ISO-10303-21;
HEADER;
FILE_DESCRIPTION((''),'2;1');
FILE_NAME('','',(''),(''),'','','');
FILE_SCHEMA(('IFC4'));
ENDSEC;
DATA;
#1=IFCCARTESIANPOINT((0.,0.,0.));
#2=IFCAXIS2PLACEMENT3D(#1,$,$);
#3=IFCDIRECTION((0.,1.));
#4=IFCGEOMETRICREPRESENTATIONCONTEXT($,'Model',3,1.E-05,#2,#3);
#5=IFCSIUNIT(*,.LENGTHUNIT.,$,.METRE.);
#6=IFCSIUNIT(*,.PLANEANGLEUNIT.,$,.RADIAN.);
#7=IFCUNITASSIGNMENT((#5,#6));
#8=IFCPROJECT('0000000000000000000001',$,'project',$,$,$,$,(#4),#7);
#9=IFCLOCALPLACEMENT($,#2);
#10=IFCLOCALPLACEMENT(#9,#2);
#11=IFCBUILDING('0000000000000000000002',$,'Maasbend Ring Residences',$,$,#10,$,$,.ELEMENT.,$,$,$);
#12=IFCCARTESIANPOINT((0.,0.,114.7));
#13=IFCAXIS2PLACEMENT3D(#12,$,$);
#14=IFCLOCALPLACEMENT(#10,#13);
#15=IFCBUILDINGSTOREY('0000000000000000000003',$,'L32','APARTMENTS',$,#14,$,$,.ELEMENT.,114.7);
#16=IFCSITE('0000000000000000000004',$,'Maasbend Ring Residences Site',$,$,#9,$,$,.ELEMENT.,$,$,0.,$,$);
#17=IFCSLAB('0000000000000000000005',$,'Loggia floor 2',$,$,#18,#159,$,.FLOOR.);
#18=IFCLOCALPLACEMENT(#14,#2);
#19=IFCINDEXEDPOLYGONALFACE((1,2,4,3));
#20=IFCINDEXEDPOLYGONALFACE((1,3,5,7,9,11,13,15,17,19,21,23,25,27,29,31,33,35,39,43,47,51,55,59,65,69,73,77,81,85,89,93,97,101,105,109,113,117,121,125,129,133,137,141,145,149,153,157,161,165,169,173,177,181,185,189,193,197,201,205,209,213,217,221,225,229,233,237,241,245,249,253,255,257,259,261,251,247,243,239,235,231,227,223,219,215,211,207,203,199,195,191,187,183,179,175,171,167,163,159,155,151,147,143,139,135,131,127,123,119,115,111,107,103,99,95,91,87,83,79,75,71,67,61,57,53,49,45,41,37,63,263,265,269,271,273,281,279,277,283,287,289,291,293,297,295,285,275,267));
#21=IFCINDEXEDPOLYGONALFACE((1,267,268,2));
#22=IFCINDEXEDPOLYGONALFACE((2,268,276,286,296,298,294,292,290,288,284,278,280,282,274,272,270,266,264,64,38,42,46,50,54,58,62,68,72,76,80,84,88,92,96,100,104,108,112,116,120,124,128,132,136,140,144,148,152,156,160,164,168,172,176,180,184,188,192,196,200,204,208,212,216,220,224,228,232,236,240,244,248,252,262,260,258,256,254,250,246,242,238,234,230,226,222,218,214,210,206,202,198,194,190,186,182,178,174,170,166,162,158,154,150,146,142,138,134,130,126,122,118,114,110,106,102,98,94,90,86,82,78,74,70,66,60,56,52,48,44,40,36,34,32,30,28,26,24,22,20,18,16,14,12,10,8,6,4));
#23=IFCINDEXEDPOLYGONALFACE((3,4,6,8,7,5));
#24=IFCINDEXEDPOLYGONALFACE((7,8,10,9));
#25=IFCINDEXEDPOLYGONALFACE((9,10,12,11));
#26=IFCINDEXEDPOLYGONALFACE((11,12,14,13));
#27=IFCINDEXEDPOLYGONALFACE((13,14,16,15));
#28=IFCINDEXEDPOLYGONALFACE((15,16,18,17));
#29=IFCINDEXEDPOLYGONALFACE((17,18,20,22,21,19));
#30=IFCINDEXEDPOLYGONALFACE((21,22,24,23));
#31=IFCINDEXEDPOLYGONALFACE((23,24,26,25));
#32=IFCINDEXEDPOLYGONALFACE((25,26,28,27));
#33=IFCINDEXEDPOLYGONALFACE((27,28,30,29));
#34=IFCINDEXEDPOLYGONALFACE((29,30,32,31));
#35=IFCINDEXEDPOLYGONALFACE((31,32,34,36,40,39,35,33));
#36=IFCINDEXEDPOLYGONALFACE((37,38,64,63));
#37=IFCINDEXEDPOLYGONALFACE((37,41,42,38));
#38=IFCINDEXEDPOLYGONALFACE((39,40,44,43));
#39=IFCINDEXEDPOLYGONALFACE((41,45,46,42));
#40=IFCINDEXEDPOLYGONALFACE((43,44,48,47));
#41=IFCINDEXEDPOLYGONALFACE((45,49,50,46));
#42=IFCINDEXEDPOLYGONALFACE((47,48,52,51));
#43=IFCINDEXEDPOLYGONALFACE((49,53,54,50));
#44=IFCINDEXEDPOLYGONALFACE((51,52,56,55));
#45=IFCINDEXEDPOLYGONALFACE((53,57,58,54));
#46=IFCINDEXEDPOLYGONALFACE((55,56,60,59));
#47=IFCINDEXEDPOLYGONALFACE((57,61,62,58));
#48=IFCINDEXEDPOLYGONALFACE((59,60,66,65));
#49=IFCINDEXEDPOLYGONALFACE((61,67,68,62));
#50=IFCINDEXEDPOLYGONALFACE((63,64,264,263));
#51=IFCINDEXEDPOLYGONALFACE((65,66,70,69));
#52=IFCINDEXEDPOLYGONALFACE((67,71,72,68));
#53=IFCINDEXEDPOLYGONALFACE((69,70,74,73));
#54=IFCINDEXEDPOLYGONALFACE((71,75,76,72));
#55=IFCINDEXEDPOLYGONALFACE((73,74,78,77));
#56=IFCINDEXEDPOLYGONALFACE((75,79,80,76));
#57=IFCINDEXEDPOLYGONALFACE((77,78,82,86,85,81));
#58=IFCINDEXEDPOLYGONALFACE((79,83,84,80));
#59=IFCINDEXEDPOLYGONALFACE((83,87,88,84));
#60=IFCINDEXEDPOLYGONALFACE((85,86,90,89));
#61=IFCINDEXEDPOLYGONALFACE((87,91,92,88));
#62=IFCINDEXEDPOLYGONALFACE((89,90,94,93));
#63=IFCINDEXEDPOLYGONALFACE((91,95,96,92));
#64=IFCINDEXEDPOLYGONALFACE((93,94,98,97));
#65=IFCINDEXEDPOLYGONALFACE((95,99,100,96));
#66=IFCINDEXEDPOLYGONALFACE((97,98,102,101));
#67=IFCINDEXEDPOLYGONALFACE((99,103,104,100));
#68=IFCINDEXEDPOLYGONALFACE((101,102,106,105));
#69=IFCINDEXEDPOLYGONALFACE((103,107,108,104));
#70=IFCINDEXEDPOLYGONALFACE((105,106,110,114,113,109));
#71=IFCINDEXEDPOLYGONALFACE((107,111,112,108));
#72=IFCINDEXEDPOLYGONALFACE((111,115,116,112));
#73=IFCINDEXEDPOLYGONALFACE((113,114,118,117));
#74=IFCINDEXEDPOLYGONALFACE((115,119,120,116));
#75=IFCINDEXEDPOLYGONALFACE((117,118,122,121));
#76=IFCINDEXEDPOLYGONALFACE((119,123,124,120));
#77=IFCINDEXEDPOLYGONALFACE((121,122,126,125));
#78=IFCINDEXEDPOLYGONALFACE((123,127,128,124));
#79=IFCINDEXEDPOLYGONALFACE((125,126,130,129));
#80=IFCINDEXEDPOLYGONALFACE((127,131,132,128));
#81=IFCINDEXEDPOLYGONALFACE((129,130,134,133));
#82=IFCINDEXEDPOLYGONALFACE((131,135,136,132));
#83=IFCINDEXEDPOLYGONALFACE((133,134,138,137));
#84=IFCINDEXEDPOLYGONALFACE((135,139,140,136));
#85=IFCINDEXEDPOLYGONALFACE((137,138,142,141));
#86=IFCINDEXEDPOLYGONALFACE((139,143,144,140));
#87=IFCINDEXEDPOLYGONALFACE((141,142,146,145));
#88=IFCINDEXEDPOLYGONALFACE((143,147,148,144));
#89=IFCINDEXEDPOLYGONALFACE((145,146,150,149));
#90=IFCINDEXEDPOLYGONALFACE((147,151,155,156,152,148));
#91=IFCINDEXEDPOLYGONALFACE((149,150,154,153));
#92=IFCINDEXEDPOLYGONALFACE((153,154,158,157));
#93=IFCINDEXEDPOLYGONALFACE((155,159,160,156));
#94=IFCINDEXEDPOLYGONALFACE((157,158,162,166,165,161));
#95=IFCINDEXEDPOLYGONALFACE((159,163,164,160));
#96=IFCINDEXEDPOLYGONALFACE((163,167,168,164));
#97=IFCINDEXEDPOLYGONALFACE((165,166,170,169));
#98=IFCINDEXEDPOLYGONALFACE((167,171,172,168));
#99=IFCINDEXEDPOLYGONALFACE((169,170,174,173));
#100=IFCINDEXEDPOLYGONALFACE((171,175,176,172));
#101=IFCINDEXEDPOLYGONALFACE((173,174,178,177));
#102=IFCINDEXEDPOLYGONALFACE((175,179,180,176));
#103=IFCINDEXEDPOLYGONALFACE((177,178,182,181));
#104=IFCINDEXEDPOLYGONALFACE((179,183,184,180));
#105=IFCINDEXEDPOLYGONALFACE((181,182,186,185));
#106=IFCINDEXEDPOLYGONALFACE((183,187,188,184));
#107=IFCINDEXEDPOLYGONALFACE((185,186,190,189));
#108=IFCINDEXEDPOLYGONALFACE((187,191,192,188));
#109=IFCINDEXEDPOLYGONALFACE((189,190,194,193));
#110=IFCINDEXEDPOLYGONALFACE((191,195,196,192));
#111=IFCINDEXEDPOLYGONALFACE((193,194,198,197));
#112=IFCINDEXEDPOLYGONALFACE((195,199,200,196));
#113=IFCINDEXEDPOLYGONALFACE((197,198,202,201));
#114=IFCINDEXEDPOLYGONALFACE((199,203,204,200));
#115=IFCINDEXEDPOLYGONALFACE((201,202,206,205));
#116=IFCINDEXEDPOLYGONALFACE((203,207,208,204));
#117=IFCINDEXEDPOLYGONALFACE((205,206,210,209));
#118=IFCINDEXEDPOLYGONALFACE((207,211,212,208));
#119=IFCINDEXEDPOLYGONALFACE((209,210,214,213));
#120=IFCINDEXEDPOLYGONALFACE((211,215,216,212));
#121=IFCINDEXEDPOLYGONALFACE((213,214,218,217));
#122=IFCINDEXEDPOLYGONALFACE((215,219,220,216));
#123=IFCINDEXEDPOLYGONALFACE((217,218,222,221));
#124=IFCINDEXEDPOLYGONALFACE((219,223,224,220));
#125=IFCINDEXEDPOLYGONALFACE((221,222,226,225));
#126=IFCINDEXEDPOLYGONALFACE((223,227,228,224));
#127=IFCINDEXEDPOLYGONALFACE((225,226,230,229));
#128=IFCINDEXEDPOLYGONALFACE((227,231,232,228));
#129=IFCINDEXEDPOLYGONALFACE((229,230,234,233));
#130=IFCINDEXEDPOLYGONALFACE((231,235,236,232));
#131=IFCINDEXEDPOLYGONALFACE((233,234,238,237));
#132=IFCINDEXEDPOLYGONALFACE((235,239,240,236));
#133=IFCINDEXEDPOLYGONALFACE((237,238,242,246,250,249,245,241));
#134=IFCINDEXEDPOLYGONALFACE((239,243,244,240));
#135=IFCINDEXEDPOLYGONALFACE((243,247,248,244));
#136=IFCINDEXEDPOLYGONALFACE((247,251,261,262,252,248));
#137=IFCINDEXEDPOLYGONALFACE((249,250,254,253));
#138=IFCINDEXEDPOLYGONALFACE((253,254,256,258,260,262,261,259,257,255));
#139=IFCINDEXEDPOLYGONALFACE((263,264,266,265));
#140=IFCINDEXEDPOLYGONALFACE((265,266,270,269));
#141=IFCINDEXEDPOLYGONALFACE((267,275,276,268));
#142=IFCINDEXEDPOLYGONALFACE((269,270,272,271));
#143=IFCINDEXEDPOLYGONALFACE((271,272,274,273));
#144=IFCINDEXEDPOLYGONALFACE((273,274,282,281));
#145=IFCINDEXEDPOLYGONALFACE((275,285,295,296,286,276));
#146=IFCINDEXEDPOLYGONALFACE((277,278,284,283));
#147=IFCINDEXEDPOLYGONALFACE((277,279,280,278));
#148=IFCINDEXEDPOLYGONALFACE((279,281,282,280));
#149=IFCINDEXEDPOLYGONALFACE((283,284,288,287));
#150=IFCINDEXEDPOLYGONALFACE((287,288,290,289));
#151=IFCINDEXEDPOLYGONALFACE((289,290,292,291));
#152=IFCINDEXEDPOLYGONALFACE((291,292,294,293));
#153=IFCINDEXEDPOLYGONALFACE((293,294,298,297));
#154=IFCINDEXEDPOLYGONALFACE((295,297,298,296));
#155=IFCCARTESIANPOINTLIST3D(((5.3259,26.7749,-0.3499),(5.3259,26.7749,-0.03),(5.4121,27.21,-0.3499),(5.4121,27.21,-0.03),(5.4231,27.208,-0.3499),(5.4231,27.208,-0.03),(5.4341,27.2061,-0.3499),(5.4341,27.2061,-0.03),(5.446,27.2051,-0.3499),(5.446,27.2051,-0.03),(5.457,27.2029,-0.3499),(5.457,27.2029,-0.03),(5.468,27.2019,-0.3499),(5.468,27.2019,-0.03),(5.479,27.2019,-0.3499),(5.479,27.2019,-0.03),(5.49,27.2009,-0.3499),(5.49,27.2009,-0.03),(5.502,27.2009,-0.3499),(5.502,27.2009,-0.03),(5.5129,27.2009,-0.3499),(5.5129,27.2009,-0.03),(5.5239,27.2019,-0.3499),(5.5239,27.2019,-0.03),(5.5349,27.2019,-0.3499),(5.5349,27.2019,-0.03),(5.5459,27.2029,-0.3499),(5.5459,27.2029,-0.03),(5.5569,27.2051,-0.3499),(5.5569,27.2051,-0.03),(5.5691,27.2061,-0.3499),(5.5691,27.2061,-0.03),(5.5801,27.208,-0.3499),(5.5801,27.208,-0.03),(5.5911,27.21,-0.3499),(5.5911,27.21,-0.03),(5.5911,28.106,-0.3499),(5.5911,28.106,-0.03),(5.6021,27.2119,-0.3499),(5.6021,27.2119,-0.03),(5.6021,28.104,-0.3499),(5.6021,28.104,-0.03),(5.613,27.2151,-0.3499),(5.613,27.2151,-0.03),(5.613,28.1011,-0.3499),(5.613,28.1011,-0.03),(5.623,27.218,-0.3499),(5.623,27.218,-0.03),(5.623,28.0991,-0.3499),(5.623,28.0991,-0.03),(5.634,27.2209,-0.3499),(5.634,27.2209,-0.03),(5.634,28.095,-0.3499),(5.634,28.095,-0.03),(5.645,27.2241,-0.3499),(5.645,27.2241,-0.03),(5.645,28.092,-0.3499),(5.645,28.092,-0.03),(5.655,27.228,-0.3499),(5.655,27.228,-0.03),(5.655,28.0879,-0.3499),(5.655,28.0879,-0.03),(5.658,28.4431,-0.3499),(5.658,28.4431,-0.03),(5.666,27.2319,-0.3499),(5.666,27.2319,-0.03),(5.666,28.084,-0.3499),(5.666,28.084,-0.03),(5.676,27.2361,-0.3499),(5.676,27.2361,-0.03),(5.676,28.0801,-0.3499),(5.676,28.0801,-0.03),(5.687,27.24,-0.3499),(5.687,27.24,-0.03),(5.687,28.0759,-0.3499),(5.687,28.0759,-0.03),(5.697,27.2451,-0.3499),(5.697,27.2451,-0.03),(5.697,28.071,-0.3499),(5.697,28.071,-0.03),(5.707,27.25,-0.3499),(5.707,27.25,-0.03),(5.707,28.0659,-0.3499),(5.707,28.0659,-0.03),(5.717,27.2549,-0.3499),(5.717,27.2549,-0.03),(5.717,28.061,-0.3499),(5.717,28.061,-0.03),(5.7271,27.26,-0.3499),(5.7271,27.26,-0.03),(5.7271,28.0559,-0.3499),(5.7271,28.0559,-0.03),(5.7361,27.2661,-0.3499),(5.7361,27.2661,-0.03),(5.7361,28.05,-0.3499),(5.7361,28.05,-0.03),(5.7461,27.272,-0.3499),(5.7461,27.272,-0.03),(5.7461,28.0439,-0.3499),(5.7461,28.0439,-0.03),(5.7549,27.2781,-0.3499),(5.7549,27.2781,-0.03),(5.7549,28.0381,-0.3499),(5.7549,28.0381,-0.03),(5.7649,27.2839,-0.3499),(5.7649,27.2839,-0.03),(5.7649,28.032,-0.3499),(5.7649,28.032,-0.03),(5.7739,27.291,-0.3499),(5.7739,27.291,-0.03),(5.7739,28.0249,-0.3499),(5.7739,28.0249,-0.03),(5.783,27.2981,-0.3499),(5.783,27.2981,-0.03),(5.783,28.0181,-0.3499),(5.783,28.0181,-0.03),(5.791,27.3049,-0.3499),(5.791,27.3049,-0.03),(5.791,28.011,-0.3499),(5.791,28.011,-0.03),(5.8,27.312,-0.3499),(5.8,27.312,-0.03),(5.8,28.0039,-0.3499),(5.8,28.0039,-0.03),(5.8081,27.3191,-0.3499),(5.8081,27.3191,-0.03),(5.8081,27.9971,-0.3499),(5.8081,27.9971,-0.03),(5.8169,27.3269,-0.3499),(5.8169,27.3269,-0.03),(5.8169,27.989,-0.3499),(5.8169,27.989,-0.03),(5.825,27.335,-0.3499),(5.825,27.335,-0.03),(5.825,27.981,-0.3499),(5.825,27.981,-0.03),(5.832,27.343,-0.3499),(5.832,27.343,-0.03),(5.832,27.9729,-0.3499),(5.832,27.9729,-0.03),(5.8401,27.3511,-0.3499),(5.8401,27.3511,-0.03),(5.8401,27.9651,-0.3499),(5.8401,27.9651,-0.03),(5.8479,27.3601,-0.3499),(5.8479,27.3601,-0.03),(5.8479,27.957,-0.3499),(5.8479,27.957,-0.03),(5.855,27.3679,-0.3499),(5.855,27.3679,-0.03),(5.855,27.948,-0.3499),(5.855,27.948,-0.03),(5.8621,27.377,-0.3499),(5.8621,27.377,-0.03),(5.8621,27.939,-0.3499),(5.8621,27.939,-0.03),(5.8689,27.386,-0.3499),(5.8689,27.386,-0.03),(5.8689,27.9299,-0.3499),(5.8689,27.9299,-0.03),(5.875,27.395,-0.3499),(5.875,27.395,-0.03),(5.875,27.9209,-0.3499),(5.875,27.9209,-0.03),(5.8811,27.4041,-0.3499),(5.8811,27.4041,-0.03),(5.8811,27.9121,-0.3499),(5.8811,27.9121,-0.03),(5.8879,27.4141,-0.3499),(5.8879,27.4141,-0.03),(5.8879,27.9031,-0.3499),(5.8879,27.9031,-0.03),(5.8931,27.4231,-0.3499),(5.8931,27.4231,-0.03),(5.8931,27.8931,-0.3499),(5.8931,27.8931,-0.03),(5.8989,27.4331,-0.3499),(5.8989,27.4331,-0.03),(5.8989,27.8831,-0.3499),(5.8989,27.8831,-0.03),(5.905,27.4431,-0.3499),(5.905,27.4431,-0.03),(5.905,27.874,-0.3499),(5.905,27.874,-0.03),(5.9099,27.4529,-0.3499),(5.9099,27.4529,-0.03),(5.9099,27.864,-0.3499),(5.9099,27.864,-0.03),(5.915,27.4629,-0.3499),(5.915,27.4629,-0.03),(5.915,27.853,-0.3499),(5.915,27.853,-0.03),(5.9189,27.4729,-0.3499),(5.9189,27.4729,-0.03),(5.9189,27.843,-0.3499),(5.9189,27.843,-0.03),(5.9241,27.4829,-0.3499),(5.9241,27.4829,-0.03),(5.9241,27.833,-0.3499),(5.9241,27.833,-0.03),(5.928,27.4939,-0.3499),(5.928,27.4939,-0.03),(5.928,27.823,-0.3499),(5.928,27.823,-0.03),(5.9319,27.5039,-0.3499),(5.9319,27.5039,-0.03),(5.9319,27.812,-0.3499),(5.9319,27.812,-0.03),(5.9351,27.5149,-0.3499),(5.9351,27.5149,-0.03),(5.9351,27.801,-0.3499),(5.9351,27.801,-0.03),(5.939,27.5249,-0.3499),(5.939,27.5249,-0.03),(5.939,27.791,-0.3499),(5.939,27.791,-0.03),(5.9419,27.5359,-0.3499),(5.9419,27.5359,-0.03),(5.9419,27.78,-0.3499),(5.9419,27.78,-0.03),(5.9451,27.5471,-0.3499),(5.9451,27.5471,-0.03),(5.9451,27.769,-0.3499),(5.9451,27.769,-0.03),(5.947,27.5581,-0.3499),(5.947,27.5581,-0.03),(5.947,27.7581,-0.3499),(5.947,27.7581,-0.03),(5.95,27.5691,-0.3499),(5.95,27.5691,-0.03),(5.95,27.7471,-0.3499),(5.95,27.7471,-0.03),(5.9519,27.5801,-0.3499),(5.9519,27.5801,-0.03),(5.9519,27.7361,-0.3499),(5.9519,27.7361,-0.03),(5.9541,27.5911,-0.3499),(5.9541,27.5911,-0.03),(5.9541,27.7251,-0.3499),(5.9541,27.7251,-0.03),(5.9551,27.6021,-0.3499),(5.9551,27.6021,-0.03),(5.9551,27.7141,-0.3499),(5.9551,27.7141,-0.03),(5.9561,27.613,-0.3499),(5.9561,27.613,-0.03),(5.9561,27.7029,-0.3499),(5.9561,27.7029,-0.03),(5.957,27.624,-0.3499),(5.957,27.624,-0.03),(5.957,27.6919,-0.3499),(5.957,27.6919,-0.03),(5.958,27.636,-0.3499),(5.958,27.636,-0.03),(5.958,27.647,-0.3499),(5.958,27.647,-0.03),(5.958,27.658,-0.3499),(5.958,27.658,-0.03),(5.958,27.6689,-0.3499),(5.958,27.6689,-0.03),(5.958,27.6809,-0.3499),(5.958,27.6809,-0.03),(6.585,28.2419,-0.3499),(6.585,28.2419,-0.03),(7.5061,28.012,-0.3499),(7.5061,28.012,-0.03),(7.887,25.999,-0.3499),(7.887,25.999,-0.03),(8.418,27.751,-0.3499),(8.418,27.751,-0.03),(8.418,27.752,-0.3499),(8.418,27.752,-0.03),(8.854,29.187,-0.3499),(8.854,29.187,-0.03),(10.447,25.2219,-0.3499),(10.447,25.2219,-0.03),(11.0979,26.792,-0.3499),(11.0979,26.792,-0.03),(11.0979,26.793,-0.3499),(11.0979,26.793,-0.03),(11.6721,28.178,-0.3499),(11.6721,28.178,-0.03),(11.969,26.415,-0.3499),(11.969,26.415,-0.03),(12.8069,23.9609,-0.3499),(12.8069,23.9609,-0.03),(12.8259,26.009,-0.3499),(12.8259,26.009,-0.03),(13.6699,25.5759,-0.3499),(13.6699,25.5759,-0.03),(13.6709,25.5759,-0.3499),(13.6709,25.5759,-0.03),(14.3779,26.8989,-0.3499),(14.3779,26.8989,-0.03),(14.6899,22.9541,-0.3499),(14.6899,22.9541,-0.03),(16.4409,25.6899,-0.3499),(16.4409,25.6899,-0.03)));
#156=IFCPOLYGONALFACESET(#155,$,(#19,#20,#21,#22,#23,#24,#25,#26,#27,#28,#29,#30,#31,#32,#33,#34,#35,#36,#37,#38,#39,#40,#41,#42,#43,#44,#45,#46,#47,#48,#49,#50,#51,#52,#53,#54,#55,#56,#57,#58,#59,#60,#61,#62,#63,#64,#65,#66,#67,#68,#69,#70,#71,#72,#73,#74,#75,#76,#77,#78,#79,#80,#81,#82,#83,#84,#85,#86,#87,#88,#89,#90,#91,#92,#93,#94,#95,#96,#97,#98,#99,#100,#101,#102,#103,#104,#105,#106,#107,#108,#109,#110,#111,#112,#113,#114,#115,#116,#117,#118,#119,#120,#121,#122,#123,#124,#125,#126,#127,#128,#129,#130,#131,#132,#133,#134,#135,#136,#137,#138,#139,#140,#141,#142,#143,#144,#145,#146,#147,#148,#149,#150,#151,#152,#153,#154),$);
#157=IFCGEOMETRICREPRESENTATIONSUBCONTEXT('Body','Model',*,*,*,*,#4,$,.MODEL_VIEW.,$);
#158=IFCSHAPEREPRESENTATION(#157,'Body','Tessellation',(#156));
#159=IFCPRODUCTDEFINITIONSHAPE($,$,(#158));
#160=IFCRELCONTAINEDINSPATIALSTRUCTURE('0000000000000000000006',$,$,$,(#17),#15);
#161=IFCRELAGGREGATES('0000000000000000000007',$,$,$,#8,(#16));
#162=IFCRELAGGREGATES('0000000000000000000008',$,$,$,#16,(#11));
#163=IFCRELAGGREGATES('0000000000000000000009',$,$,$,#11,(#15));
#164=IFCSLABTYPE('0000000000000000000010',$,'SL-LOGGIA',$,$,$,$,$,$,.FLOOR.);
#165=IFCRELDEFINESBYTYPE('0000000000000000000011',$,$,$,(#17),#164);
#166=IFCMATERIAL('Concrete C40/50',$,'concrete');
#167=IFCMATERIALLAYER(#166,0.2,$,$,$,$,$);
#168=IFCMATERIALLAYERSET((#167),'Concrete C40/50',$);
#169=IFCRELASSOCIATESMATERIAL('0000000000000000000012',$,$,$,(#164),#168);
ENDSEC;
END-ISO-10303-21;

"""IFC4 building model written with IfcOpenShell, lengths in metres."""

from ifc_helpers import new_model, si_unit, direction, frame, origin, place, context, subcontext, project, spatial, polyline, outline, extrude, material, layer, layer_set, type_object, element, save


model = new_model("IFC4")

# Units and contexts
model_context = context("Model", 3, precision=1e-05, world=origin(), true_north=direction((0.0, 1.0)))
body_context = subcontext(model_context, "Body", "Model", "MODEL_VIEW")
ifc_project = project(units=[si_unit("LENGTHUNIT", "METRE"), si_unit("PLANEANGLEUNIT", "RADIAN")], contexts=[model_context])

# Site, building, storey
site_placement = place(None, origin())
site = spatial("IfcSite", under=ifc_project, at=site_placement, Name="Maasbend Ring Residences Site", CompositionType="ELEMENT", RefElevation=0.0)
building_placement = place(site_placement, origin())
building = spatial("IfcBuilding", under=site, at=building_placement, Name="Maasbend Ring Residences", CompositionType="ELEMENT")
storey_placement = place(building_placement, frame((0.0, 0.0, 114.7)))
storey = spatial("IfcBuildingStorey", under=building, at=storey_placement, Name="L32", Description="APARTMENTS", CompositionType="ELEMENT", Elevation=114.7)

# Slab
ifc_material_1 = material(Name="Concrete C40/50", Category="concrete")
ifc_layer_1 = layer(ifc_material_1, 0.2)
ifc_layer_set_1 = layer_set([ifc_layer_1], Name="Concrete C40/50")
slab_type_1 = type_object("IfcSlabType", Name="SL-LOGGIA", PredefinedType="FLOOR", material=ifc_layer_set_1)
slab_1_placement = place(storey_placement, frame((0.0, 0.0, -0.3499)))
element("IfcSlab", 1, at=slab_1_placement, inside=storey, type_object=slab_type_1, Name="Loggia floor 2", PredefinedType="FLOOR", context=body_context, shape_type="SweptSolid", body=[
    extrude(outline(polyline([(5.446, 27.2051), (5.457, 27.2029), (5.468, 27.2019), (5.479, 27.2019), (5.49, 27.2009), (5.502, 27.2009), (5.5129, 27.2009), (5.5239, 27.2019), (5.5349, 27.2019), (5.5459, 27.2029), (5.5569, 27.2051), (5.5691, 27.2061), (5.5801, 27.208), (5.5911, 27.21), (5.6021, 27.2119), (5.613, 27.2151), (5.623, 27.218), (5.634, 27.2209), (5.645, 27.2241), (5.655, 27.228), (5.666, 27.2319), (5.676, 27.2361), (5.687, 27.24), (5.697, 27.2451), (5.707, 27.25), (5.717, 27.2549), (5.7271, 27.26), (5.7361, 27.2661), (5.7461, 27.272), (5.7549, 27.2781), (5.7649, 27.2839), (5.7739, 27.291), (5.783, 27.2981), (5.791, 27.3049), (5.8, 27.312), (5.8081, 27.3191), (5.8169, 27.3269), (5.825, 27.335), (5.832, 27.343), (5.8401, 27.3511), (5.8479, 27.3601), (5.855, 27.3679), (5.8621, 27.377), (5.8689, 27.386), (5.875, 27.395), (5.8811, 27.4041), (5.8879, 27.4141), (5.8931, 27.4231), (5.8989, 27.4331), (5.905, 27.4431), (5.9099, 27.4529), (5.915, 27.4629), (5.9189, 27.4729), (5.9241, 27.4829), (5.928, 27.4939), (5.9319, 27.5039), (5.9351, 27.5149), (5.939, 27.5249), (5.9419, 27.5359), (5.9451, 27.5471), (5.947, 27.5581), (5.95, 27.5691), (5.9519, 27.5801), (5.9541, 27.5911), (5.9551, 27.6021), (5.9561, 27.613), (5.957, 27.624), (5.958, 27.636), (5.958, 27.647), (5.958, 27.658), (5.958, 27.6689), (5.958, 27.6809), (5.957, 27.6919), (5.9561, 27.7029), (5.9551, 27.7141), (5.9541, 27.7251), (5.9519, 27.7361), (5.95, 27.7471), (5.947, 27.7581), (5.9451, 27.769), (5.9419, 27.78), (5.939, 27.791), (5.9351, 27.801), (5.9319, 27.812), (5.928, 27.823), (5.9241, 27.833), (5.9189, 27.843), (5.915, 27.853), (5.9099, 27.864), (5.905, 27.874), (5.8989, 27.8831), (5.8931, 27.8931), (5.8879, 27.9031), (5.8811, 27.9121), (5.875, 27.9209), (5.8689, 27.9299), (5.8621, 27.939), (5.855, 27.948), (5.8479, 27.957), (5.8401, 27.9651), (5.832, 27.9729), (5.825, 27.981), (5.8169, 27.989), (5.8081, 27.9971), (5.8, 28.0039), (5.791, 28.011), (5.783, 28.0181), (5.7739, 28.0249), (5.7649, 28.032), (5.7549, 28.0381), (5.7461, 28.0439), (5.7361, 28.05), (5.7271, 28.0559), (5.717, 28.061), (5.707, 28.0659), (5.697, 28.071), (5.687, 28.0759), (5.676, 28.0801), (5.666, 28.084), (5.655, 28.0879), (5.645, 28.092), (5.634, 28.095), (5.623, 28.0991), (5.613, 28.1011), (5.6021, 28.104), (5.5911, 28.106), (5.658, 28.4431), (5.658, 28.4431), (5.658, 28.4431), (6.585, 28.2419), (6.585, 28.2419), (7.5061, 28.012), (7.5061, 28.012), (8.418, 27.751), (8.418, 27.751), (8.418, 27.751), (8.418, 27.751), (8.418, 27.751), (8.418, 27.751), (8.418, 27.751), (8.418, 27.751), (8.418, 27.751), (8.418, 27.751), (8.418, 27.752), (8.418, 27.752), (8.418, 27.752), (8.418, 27.752), (8.418, 27.752), (8.418, 27.752), (8.418, 27.752), (8.854, 29.187), (8.854, 29.187), (8.854, 29.187), (11.6721, 28.178), (11.6721, 28.178), (11.6721, 28.178), (11.0979, 26.793), (11.0979, 26.793), (11.0979, 26.793), (11.0979, 26.793), (11.0979, 26.793), (11.0979, 26.793), (11.0979, 26.793), (11.0979, 26.793), (11.0979, 26.793), (11.0979, 26.793), (11.0979, 26.792), (11.0979, 26.792), (11.0979, 26.792), (11.0979, 26.792), (11.0979, 26.792), (11.0979, 26.792), (11.0979, 26.792), (11.969, 26.415), (11.969, 26.415), (12.8259, 26.009), (12.8259, 26.009), (13.6699, 25.5759), (13.6699, 25.5759), (13.6699, 25.5759), (13.6699, 25.5759), (13.6699, 25.5759), (13.6699, 25.5759), (13.6699, 25.5759), (13.6699, 25.5759), (13.6699, 25.5759), (13.6699, 25.5759), (13.6709, 25.5759), (13.6709, 25.5759), (13.6709, 25.5759), (13.6709, 25.5759), (13.6709, 25.5759), (13.6709, 25.5759), (13.6709, 25.5759), (14.3779, 26.8989), (14.3779, 26.8989), (14.3779, 26.8989), (16.4409, 25.6899), (16.4409, 25.6899), (16.4409, 25.6899), (14.6899, 22.9541), (14.6899, 22.9541), (14.6899, 22.9541), (12.8069, 23.9609), (10.447, 25.2219), (10.447, 25.2219), (10.447, 25.2219), (7.887, 25.999), (5.3259, 26.7749), (5.3259, 26.7749), (5.3259, 26.7749), (5.4121, 27.21), (5.4231, 27.208), (5.4341, 27.2061), (5.446, 27.2051)])), origin(), (0.0, 0.0, 1.0), 0.3198),
])

save(model, "model.ifc")
